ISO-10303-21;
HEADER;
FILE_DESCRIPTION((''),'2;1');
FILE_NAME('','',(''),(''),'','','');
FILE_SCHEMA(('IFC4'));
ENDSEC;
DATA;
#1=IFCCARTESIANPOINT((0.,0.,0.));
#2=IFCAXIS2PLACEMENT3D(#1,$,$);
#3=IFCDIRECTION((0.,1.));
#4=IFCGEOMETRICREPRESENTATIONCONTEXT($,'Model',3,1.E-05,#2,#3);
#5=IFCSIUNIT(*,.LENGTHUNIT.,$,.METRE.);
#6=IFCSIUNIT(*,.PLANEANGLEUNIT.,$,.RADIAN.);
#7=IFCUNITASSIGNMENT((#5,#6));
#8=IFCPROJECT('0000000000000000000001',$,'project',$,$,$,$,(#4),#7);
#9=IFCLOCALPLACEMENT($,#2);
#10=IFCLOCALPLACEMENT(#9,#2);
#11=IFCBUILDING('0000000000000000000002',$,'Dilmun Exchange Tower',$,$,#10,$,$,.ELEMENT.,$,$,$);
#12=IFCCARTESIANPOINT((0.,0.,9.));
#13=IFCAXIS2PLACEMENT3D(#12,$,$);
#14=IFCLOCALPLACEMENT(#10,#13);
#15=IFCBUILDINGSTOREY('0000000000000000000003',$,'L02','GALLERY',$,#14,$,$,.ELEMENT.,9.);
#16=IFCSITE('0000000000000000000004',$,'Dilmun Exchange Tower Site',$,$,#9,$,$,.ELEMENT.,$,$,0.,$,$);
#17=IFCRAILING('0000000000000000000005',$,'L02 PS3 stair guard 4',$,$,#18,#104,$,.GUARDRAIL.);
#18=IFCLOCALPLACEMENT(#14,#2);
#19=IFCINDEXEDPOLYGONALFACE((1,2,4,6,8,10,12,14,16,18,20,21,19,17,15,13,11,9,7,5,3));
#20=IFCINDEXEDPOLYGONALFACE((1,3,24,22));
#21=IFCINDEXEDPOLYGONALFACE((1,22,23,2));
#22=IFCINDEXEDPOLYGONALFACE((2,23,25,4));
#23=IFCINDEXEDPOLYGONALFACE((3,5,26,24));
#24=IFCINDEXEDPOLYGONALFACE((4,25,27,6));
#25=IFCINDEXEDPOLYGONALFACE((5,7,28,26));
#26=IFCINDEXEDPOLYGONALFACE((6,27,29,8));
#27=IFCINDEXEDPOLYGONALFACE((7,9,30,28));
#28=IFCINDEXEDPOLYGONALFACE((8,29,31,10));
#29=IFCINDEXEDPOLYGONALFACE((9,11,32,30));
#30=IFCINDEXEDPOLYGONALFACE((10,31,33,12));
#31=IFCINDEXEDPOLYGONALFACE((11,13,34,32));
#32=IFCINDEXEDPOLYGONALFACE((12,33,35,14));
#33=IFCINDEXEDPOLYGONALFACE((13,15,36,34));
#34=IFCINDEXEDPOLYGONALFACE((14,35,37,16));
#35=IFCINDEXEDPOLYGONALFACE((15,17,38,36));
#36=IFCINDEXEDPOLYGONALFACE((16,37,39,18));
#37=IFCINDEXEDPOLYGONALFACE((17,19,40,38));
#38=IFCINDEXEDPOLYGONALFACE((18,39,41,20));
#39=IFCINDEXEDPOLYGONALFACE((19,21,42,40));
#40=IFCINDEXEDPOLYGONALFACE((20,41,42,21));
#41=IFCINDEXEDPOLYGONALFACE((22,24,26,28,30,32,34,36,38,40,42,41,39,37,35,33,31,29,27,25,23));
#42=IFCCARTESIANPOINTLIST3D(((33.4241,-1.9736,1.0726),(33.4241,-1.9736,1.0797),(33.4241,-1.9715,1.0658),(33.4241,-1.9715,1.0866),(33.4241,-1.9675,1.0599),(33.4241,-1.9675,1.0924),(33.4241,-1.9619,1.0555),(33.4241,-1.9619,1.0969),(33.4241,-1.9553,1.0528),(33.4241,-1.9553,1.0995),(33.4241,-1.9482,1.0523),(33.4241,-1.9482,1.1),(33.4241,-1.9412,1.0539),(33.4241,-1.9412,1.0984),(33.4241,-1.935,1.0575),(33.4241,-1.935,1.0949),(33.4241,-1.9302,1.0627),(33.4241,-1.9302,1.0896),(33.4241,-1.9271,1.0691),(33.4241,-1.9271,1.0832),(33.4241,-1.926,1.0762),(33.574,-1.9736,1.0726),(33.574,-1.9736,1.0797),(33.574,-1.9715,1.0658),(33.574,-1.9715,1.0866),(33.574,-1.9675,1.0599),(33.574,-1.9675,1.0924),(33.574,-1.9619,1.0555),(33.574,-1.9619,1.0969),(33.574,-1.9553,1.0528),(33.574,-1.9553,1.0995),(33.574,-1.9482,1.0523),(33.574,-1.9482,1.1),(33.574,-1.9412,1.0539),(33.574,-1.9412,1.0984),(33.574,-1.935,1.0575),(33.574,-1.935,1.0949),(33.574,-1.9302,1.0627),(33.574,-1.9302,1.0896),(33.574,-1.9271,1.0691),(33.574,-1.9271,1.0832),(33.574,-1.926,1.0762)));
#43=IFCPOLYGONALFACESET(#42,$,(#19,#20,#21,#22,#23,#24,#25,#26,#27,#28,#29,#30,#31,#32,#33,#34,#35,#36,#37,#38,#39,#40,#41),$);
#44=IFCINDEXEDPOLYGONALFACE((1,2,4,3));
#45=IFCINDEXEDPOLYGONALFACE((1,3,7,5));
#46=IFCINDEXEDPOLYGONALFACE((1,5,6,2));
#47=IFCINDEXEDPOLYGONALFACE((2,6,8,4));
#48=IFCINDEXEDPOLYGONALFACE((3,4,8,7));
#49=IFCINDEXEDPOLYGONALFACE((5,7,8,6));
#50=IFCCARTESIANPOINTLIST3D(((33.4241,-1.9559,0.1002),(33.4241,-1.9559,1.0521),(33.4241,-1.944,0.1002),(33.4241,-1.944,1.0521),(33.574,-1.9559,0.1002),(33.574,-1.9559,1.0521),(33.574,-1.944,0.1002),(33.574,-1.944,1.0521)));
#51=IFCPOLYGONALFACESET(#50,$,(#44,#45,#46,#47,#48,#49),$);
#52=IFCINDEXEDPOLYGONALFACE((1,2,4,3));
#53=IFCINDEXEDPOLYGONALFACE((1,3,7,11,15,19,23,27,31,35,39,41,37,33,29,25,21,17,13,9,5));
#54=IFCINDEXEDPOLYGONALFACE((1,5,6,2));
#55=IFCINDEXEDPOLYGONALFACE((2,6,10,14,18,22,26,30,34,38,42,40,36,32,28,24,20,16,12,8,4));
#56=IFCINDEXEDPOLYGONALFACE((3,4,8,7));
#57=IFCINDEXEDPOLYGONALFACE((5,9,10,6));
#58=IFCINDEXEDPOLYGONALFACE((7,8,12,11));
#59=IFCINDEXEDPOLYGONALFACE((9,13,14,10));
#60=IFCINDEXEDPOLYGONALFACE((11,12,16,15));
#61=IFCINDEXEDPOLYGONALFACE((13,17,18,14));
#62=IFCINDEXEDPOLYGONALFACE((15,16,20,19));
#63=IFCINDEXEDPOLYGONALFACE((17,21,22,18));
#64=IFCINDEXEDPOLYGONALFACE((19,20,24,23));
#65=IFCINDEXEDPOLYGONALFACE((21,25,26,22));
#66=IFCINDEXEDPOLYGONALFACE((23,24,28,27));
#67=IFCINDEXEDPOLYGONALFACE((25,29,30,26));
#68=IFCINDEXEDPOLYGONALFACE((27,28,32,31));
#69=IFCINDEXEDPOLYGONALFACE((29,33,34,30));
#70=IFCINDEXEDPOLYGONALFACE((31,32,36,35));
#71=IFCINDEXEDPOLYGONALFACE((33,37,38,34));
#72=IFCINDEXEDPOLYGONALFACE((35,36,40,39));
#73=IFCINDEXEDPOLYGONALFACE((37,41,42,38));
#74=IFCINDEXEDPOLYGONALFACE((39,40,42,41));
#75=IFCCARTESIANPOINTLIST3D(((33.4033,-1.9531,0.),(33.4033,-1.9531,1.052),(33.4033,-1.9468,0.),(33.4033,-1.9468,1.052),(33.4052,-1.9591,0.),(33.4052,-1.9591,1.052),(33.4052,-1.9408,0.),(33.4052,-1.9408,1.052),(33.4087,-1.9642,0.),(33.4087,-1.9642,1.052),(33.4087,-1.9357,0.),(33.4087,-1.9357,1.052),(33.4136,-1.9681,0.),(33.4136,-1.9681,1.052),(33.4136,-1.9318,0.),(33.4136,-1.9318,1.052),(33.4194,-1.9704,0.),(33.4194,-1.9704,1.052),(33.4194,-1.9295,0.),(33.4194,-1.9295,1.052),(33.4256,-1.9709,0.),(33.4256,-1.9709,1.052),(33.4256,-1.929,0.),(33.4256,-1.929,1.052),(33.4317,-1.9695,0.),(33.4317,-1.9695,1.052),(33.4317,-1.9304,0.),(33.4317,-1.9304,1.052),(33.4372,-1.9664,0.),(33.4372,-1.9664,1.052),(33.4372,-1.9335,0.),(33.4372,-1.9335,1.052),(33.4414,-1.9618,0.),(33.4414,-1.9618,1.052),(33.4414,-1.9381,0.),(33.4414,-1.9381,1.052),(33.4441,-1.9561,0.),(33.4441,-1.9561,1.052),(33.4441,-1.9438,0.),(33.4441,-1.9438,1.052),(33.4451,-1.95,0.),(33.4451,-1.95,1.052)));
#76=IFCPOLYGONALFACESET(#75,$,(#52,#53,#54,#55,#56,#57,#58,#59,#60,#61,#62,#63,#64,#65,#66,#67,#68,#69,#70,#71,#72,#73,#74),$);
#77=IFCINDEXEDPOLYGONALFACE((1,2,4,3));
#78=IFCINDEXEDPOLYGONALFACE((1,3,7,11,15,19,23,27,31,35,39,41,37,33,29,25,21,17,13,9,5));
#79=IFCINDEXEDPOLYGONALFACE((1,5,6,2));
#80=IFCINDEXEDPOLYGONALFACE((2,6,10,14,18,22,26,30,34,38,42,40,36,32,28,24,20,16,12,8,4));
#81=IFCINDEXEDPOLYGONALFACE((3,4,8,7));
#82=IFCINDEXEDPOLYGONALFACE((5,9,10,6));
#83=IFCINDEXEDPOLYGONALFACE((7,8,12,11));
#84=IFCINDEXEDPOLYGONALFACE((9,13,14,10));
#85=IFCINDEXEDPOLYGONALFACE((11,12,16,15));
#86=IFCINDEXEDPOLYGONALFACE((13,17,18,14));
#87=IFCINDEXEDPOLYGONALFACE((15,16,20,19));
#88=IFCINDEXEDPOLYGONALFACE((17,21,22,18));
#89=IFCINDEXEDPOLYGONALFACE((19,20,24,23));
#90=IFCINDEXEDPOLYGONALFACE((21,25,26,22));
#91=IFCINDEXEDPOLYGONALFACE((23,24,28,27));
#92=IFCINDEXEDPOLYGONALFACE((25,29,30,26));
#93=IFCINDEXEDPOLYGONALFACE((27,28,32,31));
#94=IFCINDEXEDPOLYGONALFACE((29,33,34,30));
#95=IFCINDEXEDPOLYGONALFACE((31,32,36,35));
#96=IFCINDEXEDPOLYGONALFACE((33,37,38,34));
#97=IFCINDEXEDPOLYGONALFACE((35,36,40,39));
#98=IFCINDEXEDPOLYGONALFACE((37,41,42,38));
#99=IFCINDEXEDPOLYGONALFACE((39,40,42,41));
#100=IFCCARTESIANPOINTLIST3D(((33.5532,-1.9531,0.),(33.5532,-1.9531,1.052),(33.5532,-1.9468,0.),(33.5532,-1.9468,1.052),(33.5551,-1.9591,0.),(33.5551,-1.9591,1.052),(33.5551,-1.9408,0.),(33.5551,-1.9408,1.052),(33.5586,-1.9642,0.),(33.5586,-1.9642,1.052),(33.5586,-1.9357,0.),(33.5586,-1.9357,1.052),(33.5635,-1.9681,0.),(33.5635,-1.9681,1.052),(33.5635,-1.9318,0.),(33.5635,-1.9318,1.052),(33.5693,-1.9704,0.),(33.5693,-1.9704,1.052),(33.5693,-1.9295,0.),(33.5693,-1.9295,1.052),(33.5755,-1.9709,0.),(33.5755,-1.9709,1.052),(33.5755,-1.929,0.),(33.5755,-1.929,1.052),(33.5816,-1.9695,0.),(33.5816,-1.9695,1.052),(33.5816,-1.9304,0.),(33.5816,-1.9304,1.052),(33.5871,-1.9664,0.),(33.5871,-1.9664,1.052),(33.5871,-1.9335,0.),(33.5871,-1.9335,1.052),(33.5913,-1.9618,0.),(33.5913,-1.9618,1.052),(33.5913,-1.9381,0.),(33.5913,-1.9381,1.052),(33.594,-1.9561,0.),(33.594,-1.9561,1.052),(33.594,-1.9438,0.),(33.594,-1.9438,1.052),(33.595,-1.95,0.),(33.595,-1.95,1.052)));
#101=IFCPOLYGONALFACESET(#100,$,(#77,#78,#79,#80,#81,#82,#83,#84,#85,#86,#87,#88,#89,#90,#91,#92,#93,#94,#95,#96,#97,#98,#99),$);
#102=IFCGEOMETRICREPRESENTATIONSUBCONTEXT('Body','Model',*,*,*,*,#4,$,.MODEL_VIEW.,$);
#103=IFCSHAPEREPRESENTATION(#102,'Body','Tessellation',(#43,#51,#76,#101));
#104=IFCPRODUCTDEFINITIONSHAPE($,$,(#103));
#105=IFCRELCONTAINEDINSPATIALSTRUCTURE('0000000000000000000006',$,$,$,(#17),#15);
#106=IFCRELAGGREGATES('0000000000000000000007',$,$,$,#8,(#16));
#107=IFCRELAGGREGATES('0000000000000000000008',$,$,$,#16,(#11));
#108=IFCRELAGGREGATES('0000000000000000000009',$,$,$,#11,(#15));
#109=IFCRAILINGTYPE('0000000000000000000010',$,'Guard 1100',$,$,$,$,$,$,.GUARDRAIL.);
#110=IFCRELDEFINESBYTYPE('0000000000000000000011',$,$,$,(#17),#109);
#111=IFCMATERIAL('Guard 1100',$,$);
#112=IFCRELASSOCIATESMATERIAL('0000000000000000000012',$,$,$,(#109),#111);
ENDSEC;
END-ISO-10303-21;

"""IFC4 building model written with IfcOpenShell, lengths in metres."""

from ifc_helpers import new_model, si_unit, direction, frame, origin, origin_2d, place, context, subcontext, project, spatial, rectangle, circle, extrude, material, type_object, element, save


model = new_model("IFC4")

# Units and contexts
model_context = context("Model", 3, precision=1e-05, world=origin(), true_north=direction((0.0, 1.0)))
body_context = subcontext(model_context, "Body", "Model", "MODEL_VIEW")
ifc_project = project(units=[si_unit("LENGTHUNIT", "METRE"), si_unit("PLANEANGLEUNIT", "RADIAN")], contexts=[model_context])

# Site, building, storey
site_placement = place(None, origin())
site = spatial("IfcSite", under=ifc_project, at=site_placement, Name="Dilmun Exchange Tower Site", CompositionType="ELEMENT", RefElevation=0.0)
building_placement = place(site_placement, origin())
building = spatial("IfcBuilding", under=site, at=building_placement, Name="Dilmun Exchange Tower", CompositionType="ELEMENT")
storey_placement = place(building_placement, frame((0.0, 0.0, 9.0)))
storey = spatial("IfcBuildingStorey", under=building, at=storey_placement, Name="L02", Description="GALLERY", CompositionType="ELEMENT", Elevation=9.0)

# Railing
ifc_material_1 = material(Name="Guard 1100")
railing_type_1 = type_object("IfcRailingType", Name="Guard 1100", PredefinedType="GUARDRAIL", material=ifc_material_1)
railing_1_placement = place(storey_placement, frame((33.4241, -1.95, 0.0)))
element("IfcRailing", 1, at=railing_1_placement, inside=storey, type_object=railing_type_1, Name="L02 PS3 stair guard 4", PredefinedType="GUARDRAIL", context=body_context, shape_type="SweptSolid", body=[
    extrude(circle(Radius=0.0239, at=origin_2d()), frame((0.0, 0.0, 1.0762), z_axis=(1.0, 0.0, 0.0), x_axis=(0.0, 1.0, 0.0)), (0.0, 0.0, 1.0), 0.1499),
    extrude(rectangle(XDim=0.012, YDim=0.9519, at=origin_2d()), frame((0.0, 0.0, 0.5762), z_axis=(1.0, 0.0, 0.0), x_axis=(0.0, 1.0, 0.0)), (0.0, 0.0, 1.0), 0.1499),
    extrude(circle(Radius=0.021, at=origin_2d()), origin(), (0.0, 0.0, 1.0), 1.052),
    extrude(circle(Radius=0.021, at=origin_2d()), frame((0.1499, 0.0, 0.0)), (0.0, 0.0, 1.0), 1.052),
])

save(model, "model.ifc")
